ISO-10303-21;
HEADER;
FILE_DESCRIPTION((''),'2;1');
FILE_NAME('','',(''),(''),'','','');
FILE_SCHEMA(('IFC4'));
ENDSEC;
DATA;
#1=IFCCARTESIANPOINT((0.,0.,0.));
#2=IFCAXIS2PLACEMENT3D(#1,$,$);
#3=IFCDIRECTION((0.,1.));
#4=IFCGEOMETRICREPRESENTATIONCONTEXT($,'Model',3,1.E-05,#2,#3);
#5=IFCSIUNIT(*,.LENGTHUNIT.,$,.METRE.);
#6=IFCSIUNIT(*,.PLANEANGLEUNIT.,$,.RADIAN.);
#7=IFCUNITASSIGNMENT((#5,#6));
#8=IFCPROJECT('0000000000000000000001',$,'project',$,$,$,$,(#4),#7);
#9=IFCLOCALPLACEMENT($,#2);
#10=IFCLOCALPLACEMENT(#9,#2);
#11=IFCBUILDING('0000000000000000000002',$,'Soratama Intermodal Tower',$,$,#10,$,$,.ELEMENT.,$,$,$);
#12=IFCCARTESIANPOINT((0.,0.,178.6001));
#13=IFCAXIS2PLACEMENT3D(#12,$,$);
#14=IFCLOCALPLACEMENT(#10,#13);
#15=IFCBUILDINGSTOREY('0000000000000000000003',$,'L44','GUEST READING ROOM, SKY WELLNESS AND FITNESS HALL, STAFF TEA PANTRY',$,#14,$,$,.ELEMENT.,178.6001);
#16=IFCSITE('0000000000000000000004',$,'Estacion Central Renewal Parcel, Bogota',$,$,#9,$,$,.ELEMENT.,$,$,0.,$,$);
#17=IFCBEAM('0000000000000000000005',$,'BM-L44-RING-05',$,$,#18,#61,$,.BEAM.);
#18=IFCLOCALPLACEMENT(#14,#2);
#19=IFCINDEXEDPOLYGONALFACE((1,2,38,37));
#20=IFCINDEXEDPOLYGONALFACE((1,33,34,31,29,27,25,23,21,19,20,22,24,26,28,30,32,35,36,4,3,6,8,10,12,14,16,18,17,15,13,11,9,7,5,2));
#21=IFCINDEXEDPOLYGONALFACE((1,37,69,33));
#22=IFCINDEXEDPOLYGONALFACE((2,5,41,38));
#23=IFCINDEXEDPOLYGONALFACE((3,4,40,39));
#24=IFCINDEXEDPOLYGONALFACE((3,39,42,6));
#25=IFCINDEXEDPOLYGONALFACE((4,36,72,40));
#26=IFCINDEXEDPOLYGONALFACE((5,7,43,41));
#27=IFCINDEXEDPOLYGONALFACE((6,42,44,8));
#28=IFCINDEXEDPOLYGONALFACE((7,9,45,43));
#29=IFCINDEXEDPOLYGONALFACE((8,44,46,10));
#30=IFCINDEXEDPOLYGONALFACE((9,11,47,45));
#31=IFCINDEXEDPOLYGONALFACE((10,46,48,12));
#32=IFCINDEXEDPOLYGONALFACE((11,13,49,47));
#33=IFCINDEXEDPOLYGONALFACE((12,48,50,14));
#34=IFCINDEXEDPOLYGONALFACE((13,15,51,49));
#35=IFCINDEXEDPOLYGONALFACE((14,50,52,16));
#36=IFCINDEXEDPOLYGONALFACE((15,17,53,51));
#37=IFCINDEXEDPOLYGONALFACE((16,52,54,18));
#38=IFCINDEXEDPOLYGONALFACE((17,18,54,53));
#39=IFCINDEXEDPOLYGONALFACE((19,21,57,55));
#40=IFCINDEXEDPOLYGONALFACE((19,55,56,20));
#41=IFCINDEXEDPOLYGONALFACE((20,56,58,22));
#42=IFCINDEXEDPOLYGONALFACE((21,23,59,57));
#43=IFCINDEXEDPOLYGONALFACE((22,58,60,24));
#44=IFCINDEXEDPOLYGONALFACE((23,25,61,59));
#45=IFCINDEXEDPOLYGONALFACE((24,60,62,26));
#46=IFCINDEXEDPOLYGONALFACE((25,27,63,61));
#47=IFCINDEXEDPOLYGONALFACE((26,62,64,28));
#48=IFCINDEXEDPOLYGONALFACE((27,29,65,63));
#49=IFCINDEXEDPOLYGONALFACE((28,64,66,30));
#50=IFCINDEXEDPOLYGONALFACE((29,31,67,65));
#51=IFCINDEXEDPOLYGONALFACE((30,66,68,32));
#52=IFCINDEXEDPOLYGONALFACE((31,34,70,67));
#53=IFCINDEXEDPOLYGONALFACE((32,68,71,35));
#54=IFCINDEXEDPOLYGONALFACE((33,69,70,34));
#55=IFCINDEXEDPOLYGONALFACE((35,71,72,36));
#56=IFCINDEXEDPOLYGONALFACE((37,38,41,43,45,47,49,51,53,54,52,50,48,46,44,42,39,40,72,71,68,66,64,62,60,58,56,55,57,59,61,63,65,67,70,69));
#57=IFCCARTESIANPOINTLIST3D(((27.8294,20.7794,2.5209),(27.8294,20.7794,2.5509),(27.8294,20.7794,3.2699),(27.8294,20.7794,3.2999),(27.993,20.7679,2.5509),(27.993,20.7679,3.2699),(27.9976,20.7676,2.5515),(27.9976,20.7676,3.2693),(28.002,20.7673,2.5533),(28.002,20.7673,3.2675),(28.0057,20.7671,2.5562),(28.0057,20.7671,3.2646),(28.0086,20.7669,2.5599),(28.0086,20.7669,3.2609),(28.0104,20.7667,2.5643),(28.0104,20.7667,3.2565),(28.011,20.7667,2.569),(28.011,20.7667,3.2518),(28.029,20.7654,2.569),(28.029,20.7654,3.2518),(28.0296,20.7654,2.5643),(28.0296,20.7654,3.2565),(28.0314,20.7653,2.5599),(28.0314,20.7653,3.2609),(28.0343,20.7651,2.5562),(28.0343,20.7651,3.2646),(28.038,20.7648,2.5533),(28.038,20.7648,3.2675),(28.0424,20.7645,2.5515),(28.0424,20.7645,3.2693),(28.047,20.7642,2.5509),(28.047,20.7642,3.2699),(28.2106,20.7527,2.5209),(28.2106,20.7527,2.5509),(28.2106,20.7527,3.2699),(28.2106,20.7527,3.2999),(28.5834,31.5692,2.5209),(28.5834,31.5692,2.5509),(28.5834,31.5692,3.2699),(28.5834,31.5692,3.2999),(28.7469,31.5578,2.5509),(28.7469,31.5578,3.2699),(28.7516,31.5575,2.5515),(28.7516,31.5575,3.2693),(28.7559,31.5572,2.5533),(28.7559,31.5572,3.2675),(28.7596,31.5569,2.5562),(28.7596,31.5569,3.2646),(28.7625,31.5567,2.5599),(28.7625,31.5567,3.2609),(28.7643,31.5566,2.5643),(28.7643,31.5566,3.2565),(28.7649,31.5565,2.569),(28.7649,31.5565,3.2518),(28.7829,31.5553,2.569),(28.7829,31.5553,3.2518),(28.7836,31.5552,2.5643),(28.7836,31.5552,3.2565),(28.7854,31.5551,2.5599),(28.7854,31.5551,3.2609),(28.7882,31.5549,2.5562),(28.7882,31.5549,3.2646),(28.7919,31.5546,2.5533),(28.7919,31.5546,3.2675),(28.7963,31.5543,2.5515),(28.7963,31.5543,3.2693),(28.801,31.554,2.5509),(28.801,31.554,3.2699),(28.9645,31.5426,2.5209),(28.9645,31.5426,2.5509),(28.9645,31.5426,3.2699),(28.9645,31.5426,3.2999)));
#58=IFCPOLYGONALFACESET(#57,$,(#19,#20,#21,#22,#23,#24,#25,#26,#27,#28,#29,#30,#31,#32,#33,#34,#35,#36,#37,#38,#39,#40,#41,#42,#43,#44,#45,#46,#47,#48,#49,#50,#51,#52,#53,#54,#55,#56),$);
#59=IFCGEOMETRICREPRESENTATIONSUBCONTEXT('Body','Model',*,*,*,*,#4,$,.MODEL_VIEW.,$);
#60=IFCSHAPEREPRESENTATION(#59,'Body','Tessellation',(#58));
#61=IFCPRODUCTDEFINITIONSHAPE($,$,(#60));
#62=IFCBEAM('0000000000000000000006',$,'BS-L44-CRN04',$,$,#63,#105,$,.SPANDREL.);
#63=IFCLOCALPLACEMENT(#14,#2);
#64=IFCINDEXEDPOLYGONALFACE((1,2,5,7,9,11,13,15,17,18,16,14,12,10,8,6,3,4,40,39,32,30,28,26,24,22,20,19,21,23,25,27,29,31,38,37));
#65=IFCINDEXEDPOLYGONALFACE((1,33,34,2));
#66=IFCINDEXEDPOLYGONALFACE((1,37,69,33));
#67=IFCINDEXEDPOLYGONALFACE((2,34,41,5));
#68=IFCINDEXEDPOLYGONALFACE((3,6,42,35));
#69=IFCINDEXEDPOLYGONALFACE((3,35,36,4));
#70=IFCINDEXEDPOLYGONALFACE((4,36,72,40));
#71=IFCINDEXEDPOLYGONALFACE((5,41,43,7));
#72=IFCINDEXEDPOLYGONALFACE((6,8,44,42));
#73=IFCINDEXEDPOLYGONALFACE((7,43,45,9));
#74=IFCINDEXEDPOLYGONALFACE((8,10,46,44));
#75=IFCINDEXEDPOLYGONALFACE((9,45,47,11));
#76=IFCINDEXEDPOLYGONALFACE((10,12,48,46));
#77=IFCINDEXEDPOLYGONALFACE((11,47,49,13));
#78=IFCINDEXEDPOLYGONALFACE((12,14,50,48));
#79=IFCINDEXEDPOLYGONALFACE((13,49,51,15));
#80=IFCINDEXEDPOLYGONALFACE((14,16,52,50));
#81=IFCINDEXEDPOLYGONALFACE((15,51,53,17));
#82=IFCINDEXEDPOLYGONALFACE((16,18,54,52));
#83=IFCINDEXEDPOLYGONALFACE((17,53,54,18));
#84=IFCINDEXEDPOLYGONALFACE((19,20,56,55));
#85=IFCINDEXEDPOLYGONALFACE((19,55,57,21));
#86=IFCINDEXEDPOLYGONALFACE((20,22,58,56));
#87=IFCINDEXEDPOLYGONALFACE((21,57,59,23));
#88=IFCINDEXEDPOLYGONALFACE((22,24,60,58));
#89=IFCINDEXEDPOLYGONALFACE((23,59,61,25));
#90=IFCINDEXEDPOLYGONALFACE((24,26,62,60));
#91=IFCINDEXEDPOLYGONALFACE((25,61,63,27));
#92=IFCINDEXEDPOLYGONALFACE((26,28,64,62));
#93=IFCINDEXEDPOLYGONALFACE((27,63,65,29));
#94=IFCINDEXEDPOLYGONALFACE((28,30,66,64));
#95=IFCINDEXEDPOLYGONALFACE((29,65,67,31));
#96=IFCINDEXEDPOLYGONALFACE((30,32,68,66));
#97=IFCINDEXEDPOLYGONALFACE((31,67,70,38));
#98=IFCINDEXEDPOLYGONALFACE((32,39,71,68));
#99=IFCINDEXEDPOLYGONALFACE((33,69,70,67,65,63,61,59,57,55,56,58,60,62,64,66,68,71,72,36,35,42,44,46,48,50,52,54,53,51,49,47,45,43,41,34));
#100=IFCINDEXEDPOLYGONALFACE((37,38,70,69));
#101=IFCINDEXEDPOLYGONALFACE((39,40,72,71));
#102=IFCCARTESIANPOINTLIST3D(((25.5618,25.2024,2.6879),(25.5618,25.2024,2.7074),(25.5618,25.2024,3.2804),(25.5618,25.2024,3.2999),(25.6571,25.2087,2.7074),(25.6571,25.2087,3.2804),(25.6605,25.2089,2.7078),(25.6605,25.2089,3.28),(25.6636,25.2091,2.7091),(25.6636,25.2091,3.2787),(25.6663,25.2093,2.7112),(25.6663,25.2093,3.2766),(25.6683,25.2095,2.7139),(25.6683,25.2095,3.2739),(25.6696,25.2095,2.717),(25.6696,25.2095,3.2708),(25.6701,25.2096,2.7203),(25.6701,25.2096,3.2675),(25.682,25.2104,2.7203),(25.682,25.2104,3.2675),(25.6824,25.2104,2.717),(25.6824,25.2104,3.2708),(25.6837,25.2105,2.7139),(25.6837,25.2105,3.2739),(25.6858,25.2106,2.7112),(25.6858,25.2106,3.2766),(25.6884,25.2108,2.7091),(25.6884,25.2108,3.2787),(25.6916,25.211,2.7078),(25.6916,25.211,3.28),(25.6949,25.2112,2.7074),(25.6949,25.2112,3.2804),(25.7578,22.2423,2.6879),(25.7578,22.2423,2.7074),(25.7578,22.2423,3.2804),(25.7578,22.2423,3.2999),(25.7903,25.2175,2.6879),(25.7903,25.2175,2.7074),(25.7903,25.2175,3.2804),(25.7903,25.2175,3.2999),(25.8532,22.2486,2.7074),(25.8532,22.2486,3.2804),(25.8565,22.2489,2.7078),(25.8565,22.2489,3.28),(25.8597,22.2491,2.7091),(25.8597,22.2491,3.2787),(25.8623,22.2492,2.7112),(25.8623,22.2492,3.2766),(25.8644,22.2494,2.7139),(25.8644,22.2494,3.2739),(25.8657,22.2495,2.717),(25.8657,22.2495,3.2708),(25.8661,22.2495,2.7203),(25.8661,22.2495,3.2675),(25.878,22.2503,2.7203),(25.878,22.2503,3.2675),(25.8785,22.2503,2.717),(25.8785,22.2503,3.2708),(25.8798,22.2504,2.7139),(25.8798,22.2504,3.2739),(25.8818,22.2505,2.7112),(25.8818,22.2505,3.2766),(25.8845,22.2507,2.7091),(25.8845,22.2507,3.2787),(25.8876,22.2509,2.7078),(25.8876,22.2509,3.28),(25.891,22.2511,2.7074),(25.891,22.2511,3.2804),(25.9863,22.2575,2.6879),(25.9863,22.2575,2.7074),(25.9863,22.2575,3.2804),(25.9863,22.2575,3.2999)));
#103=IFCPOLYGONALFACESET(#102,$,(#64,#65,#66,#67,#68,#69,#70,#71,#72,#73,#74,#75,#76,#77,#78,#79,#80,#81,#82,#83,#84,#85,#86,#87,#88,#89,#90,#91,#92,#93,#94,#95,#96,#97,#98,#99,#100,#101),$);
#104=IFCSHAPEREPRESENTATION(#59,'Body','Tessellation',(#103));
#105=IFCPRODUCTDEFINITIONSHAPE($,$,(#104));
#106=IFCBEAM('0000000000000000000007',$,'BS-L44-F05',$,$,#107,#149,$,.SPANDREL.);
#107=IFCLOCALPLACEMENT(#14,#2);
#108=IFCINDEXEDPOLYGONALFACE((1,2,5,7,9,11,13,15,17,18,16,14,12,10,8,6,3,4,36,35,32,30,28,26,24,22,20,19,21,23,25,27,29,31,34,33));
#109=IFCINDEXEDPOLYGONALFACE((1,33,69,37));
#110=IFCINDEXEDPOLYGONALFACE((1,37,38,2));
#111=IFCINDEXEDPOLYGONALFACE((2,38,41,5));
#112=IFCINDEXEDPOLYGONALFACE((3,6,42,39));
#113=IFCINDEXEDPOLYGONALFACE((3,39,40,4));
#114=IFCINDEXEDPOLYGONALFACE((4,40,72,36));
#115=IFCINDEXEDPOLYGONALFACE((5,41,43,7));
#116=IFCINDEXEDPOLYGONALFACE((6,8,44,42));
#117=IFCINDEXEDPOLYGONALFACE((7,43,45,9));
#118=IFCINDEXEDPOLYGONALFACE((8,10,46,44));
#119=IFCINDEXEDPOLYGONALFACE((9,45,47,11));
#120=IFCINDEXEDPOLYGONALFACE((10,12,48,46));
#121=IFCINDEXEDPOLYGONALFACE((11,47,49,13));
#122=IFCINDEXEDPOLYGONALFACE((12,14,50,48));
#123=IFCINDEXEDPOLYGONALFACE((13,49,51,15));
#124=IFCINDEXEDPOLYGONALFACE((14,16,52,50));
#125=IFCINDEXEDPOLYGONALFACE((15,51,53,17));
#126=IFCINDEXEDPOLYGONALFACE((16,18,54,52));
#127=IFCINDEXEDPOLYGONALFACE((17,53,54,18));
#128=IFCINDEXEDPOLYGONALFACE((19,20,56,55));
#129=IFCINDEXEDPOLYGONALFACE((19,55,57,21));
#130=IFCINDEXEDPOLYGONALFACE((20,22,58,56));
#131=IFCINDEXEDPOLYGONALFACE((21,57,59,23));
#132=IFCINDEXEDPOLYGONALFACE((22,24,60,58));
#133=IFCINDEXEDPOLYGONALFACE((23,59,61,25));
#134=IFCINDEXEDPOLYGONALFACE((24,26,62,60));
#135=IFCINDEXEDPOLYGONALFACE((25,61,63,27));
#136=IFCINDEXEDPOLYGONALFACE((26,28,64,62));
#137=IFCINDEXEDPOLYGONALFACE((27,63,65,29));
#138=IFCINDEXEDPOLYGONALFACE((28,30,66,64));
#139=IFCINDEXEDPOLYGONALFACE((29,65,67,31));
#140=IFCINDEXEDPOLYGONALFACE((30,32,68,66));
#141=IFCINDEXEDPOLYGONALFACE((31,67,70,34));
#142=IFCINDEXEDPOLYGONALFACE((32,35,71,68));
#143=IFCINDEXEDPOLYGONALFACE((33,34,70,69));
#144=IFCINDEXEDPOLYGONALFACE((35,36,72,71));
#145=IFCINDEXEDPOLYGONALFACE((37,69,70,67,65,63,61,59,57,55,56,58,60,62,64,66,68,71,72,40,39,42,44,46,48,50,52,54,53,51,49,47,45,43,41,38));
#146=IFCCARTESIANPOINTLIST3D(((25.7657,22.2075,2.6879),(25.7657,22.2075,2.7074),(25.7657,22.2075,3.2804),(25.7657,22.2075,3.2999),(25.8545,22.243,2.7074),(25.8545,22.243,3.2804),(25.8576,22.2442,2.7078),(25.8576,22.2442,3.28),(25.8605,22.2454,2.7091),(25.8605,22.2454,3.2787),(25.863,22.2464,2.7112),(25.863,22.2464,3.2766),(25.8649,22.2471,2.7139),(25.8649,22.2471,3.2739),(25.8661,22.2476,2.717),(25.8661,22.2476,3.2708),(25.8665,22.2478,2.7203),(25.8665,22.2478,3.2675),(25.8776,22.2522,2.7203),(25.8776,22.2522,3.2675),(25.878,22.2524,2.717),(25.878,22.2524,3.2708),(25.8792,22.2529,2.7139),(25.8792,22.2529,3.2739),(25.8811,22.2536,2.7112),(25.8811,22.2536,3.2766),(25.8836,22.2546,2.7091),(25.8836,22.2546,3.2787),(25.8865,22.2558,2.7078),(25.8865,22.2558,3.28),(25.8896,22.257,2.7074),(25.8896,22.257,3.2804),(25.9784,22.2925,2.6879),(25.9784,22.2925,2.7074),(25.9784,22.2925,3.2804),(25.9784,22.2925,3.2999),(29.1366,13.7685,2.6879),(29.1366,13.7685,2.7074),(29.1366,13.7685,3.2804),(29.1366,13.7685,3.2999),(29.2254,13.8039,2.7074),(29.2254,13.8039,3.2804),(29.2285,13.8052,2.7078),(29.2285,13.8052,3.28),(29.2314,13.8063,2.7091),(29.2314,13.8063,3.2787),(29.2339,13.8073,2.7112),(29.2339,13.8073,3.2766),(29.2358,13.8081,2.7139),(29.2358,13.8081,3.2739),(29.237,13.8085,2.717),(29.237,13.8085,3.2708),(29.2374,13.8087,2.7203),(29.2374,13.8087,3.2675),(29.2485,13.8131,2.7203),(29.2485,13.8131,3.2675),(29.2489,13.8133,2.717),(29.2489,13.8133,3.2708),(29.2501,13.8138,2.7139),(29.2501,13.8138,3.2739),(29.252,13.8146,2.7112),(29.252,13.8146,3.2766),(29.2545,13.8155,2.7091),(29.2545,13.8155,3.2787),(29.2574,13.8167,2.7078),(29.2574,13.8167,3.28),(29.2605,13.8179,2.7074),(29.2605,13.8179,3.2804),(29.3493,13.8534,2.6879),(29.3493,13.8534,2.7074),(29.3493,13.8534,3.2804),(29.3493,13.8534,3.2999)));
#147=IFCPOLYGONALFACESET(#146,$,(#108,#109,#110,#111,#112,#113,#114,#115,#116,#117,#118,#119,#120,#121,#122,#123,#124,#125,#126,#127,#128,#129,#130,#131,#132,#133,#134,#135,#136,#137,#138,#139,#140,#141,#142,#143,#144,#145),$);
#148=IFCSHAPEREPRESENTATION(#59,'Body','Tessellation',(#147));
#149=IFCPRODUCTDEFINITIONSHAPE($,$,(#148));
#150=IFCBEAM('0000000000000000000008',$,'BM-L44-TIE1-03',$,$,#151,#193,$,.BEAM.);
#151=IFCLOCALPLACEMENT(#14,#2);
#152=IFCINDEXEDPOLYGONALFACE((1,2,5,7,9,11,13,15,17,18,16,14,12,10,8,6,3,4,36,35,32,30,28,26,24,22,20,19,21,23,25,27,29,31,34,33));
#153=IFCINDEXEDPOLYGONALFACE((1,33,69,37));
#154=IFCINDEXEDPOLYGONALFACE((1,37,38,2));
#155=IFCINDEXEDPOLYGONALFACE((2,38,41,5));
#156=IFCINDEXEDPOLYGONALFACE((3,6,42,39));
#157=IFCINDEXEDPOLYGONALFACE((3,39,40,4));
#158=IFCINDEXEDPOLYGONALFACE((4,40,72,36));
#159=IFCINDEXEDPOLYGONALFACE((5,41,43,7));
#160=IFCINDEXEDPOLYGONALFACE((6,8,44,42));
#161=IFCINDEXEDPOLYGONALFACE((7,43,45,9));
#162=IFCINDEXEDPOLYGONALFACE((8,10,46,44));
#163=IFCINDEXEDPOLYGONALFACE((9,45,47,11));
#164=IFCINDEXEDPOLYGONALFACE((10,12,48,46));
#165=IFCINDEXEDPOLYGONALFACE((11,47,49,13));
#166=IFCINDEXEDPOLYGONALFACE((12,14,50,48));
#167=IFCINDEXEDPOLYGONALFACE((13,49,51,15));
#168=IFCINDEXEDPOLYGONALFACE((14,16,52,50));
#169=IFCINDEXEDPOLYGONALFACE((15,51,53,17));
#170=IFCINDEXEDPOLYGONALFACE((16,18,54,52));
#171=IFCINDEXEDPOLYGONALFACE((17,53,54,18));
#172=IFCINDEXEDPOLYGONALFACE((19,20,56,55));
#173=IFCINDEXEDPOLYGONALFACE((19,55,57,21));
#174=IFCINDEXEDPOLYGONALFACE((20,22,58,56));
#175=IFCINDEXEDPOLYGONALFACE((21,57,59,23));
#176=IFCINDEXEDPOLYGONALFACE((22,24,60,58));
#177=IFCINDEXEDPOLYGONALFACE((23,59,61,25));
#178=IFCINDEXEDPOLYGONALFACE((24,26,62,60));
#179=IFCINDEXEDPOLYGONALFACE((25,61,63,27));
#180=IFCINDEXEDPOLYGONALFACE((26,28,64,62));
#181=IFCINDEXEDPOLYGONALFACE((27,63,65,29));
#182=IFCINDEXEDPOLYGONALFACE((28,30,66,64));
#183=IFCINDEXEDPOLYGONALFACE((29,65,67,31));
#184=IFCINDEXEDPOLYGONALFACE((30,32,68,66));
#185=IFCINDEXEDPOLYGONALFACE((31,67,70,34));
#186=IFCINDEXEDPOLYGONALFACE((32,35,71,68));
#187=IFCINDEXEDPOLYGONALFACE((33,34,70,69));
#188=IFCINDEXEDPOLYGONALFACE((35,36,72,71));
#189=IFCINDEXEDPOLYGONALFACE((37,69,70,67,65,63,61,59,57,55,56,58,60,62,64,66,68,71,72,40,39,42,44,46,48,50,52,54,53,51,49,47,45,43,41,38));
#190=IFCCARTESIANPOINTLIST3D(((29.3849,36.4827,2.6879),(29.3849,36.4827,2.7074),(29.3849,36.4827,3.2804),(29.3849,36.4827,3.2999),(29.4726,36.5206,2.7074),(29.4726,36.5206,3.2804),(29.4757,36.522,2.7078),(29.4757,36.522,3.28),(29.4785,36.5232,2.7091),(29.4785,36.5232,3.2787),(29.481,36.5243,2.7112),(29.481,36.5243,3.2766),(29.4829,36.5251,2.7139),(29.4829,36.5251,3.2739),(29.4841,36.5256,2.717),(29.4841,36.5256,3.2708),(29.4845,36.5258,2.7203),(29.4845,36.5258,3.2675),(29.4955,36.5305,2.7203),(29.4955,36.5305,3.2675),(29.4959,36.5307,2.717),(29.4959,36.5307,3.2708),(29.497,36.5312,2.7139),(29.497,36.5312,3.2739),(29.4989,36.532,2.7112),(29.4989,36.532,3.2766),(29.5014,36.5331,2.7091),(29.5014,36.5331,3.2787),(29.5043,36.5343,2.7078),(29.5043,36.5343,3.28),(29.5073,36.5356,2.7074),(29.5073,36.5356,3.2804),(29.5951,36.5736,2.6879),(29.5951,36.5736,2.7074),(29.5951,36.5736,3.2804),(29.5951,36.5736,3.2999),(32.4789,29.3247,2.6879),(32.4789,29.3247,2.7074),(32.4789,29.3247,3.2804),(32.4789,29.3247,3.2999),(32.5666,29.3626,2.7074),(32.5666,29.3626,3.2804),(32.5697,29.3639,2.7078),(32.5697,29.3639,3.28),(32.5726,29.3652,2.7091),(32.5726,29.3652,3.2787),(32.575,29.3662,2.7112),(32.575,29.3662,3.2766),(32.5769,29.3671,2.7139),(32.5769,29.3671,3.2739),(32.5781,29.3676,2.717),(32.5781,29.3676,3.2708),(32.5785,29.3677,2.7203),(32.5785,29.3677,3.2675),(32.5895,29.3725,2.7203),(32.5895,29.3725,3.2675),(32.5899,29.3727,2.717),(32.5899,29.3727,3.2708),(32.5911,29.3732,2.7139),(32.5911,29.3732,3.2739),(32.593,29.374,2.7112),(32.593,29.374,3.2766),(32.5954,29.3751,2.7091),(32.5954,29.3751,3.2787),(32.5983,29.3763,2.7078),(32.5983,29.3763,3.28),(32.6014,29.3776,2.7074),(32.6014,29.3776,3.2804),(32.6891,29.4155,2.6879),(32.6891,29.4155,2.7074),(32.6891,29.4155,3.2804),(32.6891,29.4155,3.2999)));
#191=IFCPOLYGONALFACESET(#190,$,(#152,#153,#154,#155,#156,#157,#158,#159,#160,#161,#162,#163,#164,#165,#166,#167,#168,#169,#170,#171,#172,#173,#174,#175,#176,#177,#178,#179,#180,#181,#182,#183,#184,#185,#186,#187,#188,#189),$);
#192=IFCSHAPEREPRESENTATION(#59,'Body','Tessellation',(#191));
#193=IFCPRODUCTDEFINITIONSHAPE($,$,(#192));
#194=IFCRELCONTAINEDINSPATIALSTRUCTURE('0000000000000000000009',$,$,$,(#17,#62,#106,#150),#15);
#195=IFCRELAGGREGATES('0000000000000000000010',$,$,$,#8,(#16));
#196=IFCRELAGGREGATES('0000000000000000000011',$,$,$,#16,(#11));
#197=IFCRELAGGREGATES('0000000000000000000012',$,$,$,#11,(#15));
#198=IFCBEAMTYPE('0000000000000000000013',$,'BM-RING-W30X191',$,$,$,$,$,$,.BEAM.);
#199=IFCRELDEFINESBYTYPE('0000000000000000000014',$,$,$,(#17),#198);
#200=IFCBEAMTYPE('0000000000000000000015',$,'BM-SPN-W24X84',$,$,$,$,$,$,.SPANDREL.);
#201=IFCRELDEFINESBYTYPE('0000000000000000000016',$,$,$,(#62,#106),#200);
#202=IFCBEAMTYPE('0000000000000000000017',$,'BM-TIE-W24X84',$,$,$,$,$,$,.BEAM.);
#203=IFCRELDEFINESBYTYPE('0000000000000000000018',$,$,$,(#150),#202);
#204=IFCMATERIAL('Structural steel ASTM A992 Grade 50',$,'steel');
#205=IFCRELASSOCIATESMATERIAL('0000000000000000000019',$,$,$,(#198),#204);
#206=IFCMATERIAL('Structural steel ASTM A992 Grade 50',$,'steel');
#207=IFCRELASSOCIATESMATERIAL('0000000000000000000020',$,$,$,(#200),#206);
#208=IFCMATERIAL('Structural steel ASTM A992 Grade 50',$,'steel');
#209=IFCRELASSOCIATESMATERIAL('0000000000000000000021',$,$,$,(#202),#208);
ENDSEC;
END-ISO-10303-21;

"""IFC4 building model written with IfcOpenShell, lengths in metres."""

from ifc_helpers import new_model, si_unit, direction, frame, origin, origin_2d, place, context, subcontext, project, spatial, i_section, extrude, material, material_profile, profile_set, type_object, element, save


model = new_model("IFC4")

# Units and contexts
model_context = context("Model", 3, precision=1e-05, world=origin(), true_north=direction((0.0, 1.0)))
body_context = subcontext(model_context, "Body", "Model", "MODEL_VIEW")
ifc_project = project(units=[si_unit("LENGTHUNIT", "METRE"), si_unit("PLANEANGLEUNIT", "RADIAN")], contexts=[model_context])

# Site, building, storey
site_placement = place(None, origin())
site = spatial("IfcSite", under=ifc_project, at=site_placement, Name="Estacion Central Renewal Parcel, Bogota", CompositionType="ELEMENT", RefElevation=0.0)
building_placement = place(site_placement, origin())
building = spatial("IfcBuilding", under=site, at=building_placement, Name="Soratama Intermodal Tower", CompositionType="ELEMENT")
storey_placement = place(building_placement, frame((0.0, 0.0, 178.6001)))
storey = spatial("IfcBuildingStorey", under=building, at=storey_placement, Name="L44", Description="GUEST READING ROOM, SKY WELLNESS AND FITNESS HALL, STAFF TEA PANTRY", CompositionType="ELEMENT", Elevation=178.6001)

# Beams
ifc_material_1 = material(Name="Structural steel ASTM A992 Grade 50", Category="steel")
ifc_material_profile_1 = material_profile(ifc_material_1, i_section(OverallWidth=0.3821, OverallDepth=0.7791, WebThickness=0.0181, FlangeThickness=0.03, FilletRadius=0.0181, at=origin_2d()), Name="W30X191")
ifc_profile_set_1 = profile_set([ifc_material_profile_1], Name="Structural steel ASTM A992 Grade 50")
beam_type_1 = type_object("IfcBeamType", Name="BM-RING-W30X191", PredefinedType="BEAM", material=ifc_profile_set_1)
beam_1_placement = place(storey_placement, frame((28.7739, 31.5559, 2.9104), z_axis=(-0.069702, -0.997568, 0.0), x_axis=(0.997568, -0.069702, 0.0)))
element("IfcBeam", 1, at=beam_1_placement, inside=storey, type_object=beam_type_1, Name="BM-L44-RING-05", PredefinedType="BEAM", context=body_context, shape_type="SweptSolid", body=[
    extrude(i_section(OverallWidth=0.3821, OverallDepth=0.7791, WebThickness=0.0181, FlangeThickness=0.03, FilletRadius=0.0181, at=origin_2d()), origin(), (0.0, 0.0, 1.0), 10.8162),
])
ifc_material_2 = material(Name="Structural steel ASTM A992 Grade 50", Category="steel")
ifc_material_profile_2 = material_profile(ifc_material_2, i_section(OverallWidth=0.229, OverallDepth=0.6121, WebThickness=0.012, FlangeThickness=0.0195, FilletRadius=0.0129, at=origin_2d()), Name="W24X84")
ifc_profile_set_2 = profile_set([ifc_material_profile_2], Name="Structural steel ASTM A992 Grade 50")
beam_type_2 = type_object("IfcBeamType", Name="BM-SPN-W24X84", PredefinedType="SPANDREL", material=ifc_profile_set_2)
beam_2_placement = place(storey_placement, frame((25.676, 25.21, 2.9939), z_axis=(0.066087, -0.997814, 0.0), x_axis=(0.997814, 0.066087, 0.0)))
element("IfcBeam", 2, at=beam_2_placement, inside=storey, type_object=beam_type_2, Name="BS-L44-CRN04", PredefinedType="SPANDREL", context=body_context, shape_type="SweptSolid", body=[
    extrude(i_section(OverallWidth=0.229, OverallDepth=0.6121, WebThickness=0.012, FlangeThickness=0.0195, FilletRadius=0.0129, at=origin_2d()), origin(), (0.0, 0.0, 1.0), 2.9666),
])
beam_3_placement = place(storey_placement, frame((25.8721, 22.25, 2.9939), z_axis=(0.370941, -0.928656, 0.0), x_axis=(0.928656, 0.370941, 0.0)))
element("IfcBeam", 3, at=beam_3_placement, inside=storey, type_object=beam_type_2, Name="BS-L44-F05", PredefinedType="SPANDREL", context=body_context, shape_type="SweptSolid", body=[
    extrude(i_section(OverallWidth=0.229, OverallDepth=0.6121, WebThickness=0.012, FlangeThickness=0.0195, FilletRadius=0.0129, at=origin_2d()), origin(), (0.0, 0.0, 1.0), 9.0874),
])
ifc_material_3 = material(Name="Structural steel ASTM A992 Grade 50", Category="steel")
ifc_material_profile_3 = material_profile(ifc_material_3, i_section(OverallWidth=0.229, OverallDepth=0.6121, WebThickness=0.012, FlangeThickness=0.0195, FilletRadius=0.0129, at=origin_2d()), Name="W24X84")
ifc_profile_set_3 = profile_set([ifc_material_profile_3], Name="Structural steel ASTM A992 Grade 50")
beam_type_3 = type_object("IfcBeamType", Name="BM-TIE-W24X84", PredefinedType="BEAM", material=ifc_profile_set_3)
beam_4_placement = place(storey_placement, frame((32.584, 29.3701, 2.9939), z_axis=(-0.396766, 0.91792, 0.0), x_axis=(-0.91792, -0.396766, 0.0)))
element("IfcBeam", 4, at=beam_4_placement, inside=storey, type_object=beam_type_3, Name="BM-L44-TIE1-03", PredefinedType="BEAM", context=body_context, shape_type="SweptSolid", body=[
    extrude(i_section(OverallWidth=0.229, OverallDepth=0.6121, WebThickness=0.012, FlangeThickness=0.0195, FilletRadius=0.0129, at=origin_2d()), origin(), (0.0, 0.0, 1.0), 7.7981),
])

save(model, "model.ifc")
